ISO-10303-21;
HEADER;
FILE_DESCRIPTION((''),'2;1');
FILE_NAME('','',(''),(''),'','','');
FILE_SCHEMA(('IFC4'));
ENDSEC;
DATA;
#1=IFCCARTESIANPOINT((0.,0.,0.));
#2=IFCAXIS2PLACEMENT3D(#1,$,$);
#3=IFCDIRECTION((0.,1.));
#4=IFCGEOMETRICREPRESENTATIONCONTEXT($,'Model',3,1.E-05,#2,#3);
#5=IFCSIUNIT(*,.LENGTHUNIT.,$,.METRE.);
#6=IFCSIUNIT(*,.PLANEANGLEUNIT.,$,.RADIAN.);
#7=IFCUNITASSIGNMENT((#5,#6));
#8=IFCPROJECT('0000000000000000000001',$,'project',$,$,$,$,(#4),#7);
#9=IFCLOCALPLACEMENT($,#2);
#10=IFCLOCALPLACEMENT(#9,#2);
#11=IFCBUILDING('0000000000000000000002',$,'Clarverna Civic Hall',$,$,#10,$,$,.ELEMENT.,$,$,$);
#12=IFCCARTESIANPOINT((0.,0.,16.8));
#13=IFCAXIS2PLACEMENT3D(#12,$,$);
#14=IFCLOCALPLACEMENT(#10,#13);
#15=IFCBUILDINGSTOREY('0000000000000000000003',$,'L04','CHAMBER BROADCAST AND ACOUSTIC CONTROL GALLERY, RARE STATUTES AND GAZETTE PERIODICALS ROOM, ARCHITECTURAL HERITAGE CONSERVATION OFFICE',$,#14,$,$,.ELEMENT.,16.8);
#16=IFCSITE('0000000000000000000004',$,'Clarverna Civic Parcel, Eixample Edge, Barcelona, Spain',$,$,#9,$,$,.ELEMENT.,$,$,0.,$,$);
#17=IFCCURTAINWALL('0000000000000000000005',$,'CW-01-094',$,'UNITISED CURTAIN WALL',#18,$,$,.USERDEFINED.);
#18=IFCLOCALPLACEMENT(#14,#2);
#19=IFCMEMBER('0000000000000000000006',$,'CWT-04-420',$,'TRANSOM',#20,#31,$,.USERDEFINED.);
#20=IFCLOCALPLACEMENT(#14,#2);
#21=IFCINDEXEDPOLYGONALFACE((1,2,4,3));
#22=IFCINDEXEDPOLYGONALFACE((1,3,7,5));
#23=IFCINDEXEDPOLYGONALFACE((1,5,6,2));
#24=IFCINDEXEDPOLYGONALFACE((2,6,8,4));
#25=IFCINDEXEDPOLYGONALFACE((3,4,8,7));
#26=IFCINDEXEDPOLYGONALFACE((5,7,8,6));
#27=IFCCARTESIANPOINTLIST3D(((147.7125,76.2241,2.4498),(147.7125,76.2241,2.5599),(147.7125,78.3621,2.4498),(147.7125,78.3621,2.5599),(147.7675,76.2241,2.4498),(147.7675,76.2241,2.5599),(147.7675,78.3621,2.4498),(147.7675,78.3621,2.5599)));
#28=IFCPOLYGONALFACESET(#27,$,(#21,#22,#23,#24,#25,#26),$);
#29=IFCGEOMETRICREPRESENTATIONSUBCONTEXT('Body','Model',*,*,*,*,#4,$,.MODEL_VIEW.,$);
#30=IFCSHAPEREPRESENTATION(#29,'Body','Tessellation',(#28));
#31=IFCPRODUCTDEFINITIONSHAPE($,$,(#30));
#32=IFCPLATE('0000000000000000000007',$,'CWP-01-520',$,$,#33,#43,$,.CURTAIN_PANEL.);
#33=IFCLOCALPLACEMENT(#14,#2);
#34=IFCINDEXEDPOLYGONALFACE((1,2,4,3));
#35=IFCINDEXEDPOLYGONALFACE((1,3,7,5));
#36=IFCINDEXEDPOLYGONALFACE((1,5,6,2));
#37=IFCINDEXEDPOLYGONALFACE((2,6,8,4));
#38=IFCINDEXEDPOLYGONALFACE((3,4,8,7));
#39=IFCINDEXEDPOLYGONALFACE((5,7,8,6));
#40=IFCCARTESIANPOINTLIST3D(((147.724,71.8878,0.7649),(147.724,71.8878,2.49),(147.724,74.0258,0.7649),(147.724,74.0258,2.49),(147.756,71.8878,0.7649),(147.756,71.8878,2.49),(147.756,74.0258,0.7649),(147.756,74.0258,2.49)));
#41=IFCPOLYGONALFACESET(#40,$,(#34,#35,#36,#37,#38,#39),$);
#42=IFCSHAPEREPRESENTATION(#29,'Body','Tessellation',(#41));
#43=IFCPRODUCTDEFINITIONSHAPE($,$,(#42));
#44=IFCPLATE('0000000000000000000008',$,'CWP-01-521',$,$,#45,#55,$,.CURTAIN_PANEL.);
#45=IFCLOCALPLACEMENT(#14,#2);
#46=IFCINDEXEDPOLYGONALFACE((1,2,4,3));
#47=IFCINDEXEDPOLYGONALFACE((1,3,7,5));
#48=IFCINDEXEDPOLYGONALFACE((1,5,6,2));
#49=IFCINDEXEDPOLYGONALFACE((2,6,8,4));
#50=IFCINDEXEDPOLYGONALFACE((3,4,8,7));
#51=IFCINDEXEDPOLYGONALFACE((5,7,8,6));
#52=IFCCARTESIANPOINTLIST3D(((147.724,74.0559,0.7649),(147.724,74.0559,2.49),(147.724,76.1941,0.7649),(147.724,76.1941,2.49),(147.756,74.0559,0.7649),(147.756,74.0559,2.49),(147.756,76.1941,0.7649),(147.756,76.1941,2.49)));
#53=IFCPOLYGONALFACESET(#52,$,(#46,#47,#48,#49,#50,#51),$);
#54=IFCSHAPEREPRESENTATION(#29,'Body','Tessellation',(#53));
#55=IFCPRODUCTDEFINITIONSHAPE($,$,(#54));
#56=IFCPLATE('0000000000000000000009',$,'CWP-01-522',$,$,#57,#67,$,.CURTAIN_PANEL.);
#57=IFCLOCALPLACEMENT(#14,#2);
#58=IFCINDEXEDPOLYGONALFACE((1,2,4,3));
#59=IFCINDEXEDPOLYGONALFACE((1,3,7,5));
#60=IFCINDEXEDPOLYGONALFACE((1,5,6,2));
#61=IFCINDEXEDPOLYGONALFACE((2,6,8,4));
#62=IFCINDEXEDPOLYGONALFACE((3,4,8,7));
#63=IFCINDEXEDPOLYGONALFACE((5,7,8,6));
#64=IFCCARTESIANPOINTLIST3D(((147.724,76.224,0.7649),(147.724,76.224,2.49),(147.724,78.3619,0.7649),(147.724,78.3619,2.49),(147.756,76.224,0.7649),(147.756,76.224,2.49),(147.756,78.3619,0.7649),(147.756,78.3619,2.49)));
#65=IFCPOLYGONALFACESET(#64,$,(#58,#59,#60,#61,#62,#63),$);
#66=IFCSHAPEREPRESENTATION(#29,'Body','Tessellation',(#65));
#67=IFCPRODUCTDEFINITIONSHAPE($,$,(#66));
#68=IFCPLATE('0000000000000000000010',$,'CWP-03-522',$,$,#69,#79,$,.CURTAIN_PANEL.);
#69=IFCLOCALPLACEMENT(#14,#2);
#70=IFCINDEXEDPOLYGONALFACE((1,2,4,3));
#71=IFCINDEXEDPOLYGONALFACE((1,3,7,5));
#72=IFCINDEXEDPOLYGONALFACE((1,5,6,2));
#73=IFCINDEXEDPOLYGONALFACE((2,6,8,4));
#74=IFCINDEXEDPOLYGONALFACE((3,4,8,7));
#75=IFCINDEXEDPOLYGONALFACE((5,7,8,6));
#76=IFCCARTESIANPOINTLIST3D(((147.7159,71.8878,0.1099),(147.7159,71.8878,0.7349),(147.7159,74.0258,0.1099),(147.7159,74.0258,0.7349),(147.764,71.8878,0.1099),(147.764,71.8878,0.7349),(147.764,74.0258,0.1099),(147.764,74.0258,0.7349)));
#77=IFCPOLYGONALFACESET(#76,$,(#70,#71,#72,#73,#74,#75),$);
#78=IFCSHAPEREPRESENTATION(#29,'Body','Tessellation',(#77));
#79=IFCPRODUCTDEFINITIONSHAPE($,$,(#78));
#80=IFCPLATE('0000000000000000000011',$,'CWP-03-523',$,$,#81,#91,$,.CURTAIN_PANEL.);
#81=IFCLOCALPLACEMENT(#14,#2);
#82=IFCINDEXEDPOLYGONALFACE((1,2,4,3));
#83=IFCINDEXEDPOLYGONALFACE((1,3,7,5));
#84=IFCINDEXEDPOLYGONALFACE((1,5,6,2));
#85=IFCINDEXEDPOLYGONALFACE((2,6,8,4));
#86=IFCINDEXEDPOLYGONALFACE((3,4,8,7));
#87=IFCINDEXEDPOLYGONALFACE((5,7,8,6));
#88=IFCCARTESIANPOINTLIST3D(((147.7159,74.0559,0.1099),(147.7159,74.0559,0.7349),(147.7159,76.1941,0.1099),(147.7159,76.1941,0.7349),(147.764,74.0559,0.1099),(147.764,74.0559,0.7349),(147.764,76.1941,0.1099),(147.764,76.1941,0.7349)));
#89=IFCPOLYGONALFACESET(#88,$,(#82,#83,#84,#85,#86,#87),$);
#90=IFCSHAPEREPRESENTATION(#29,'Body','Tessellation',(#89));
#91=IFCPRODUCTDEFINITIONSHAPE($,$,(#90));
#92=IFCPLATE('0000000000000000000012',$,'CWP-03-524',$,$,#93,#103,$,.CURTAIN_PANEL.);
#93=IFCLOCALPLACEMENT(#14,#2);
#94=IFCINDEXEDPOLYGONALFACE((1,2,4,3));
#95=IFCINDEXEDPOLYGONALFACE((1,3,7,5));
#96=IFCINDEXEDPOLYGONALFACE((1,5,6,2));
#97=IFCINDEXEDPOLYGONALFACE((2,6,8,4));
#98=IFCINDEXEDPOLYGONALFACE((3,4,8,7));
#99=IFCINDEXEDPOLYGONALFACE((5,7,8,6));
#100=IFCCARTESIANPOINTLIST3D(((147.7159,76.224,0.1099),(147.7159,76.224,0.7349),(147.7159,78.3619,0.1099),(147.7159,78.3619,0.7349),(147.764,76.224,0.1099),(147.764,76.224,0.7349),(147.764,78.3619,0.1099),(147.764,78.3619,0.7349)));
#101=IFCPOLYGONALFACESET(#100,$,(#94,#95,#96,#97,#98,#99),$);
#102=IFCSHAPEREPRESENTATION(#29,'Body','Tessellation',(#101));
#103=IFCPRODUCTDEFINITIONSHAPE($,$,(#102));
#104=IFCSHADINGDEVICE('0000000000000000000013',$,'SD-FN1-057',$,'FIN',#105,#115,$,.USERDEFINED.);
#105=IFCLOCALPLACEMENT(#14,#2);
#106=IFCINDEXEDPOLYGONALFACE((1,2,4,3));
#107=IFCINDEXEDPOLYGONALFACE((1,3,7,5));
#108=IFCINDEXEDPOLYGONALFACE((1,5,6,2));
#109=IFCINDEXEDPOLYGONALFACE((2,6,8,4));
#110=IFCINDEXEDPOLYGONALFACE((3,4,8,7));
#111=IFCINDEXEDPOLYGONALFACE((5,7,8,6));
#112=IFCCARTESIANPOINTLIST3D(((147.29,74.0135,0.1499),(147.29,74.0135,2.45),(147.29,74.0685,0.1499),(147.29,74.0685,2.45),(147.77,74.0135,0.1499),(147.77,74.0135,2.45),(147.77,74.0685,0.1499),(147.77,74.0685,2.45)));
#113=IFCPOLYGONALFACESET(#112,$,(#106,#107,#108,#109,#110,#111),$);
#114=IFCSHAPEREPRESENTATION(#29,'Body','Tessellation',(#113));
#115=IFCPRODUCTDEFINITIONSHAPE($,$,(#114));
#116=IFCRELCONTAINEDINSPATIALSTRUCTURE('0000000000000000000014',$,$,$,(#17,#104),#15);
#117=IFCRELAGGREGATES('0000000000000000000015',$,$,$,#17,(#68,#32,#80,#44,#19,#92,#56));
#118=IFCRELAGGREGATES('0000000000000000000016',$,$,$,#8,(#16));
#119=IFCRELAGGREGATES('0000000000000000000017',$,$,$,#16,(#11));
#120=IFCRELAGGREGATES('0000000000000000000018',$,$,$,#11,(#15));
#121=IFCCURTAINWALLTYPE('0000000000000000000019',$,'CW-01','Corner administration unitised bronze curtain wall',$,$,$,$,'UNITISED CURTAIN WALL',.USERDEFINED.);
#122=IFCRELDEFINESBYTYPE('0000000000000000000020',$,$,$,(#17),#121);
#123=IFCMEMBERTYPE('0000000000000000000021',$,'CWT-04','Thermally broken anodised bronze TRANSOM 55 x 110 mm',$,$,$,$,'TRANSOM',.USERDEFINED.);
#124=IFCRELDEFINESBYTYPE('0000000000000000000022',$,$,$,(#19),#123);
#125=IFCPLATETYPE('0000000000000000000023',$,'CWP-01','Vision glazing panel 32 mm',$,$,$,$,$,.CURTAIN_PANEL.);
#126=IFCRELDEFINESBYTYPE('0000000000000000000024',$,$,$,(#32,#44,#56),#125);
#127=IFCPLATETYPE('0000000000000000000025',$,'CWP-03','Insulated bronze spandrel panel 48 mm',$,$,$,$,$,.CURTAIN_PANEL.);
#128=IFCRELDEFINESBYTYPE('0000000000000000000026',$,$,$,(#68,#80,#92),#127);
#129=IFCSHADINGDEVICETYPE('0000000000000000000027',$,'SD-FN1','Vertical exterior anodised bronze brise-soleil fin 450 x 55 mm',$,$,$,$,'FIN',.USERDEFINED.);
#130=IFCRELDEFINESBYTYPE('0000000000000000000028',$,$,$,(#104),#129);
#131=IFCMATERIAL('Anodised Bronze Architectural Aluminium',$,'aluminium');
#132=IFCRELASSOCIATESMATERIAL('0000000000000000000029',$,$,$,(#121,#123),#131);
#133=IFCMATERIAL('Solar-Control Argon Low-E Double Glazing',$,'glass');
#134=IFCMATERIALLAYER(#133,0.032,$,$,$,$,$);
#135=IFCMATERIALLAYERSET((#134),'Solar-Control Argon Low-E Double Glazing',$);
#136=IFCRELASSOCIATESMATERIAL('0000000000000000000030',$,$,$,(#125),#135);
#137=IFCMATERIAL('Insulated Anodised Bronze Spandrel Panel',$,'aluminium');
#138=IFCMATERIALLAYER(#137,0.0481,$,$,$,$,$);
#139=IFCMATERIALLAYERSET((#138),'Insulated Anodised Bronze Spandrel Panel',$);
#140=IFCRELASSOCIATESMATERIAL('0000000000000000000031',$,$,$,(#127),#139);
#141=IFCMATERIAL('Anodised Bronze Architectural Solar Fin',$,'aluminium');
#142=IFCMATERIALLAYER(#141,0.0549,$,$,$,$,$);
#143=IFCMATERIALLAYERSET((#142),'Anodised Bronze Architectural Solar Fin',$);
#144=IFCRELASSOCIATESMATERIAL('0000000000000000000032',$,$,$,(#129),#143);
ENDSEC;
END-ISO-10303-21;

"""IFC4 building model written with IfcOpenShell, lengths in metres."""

from ifc_helpers import new_model, si_unit, direction, frame, frame_2d, origin, origin_2d, place, context, subcontext, project, spatial, rectangle, extrude, material, layer, layer_set, material_profile, profile_set, type_object, element, aggregate, save


model = new_model("IFC4")

# Units and contexts
model_context = context("Model", 3, precision=1e-05, world=origin(), true_north=direction((0.0, 1.0)))
body_context = subcontext(model_context, "Body", "Model", "MODEL_VIEW")
ifc_project = project(units=[si_unit("LENGTHUNIT", "METRE"), si_unit("PLANEANGLEUNIT", "RADIAN")], contexts=[model_context])

# Site, building, storey
site_placement = place(None, origin())
site = spatial("IfcSite", under=ifc_project, at=site_placement, Name="Clarverna Civic Parcel, Eixample Edge, Barcelona, Spain", CompositionType="ELEMENT", RefElevation=0.0)
building_placement = place(site_placement, origin())
building = spatial("IfcBuilding", under=site, at=building_placement, Name="Clarverna Civic Hall", CompositionType="ELEMENT")
storey_placement = place(building_placement, frame((0.0, 0.0, 16.8)))
storey = spatial("IfcBuildingStorey", under=building, at=storey_placement, Name="L04", Description="CHAMBER BROADCAST AND ACOUSTIC CONTROL GALLERY, RARE STATUTES AND GAZETTE PERIODICALS ROOM, ARCHITECTURAL HERITAGE CONSERVATION OFFICE", CompositionType="ELEMENT", Elevation=16.8)

# Curtain wall, member, plates
ifc_material_1 = material(Name="Anodised Bronze Architectural Aluminium", Category="aluminium")
curtain_wall_type = type_object("IfcCurtainWallType", Name="CW-01", Description="Corner administration unitised bronze curtain wall", ElementType="UNITISED CURTAIN WALL", PredefinedType="USERDEFINED", material=ifc_material_1)
curtain_wall_placement = place(storey_placement, origin())
curtain_wall = element("IfcCurtainWall", 1, at=curtain_wall_placement, inside=storey, type_object=curtain_wall_type, Name="CW-01-094", ObjectType="UNITISED CURTAIN WALL", PredefinedType="USERDEFINED")
ifc_material_profile_1 = material_profile(ifc_material_1, rectangle(XDim=0.0549, YDim=0.1101, at=origin_2d()), Name="BRONZE 55x110")
ifc_profile_set_1 = profile_set([ifc_material_profile_1], Name="Anodised Bronze Architectural Aluminium")
member_type_1 = type_object("IfcMemberType", Name="CWT-04", Description="Thermally broken anodised bronze TRANSOM 55 x 110 mm", ElementType="TRANSOM", PredefinedType="USERDEFINED", material=ifc_profile_set_1)
member_1_placement = place(storey_placement, frame((147.74, 76.2241, 2.5049), z_axis=(0.0, 1.0, 0.0), x_axis=(-1.0, 0.0, 0.0)))
member_1 = element("IfcMember", 2, at=member_1_placement, type_object=member_type_1, Name="CWT-04-420", ObjectType="TRANSOM", PredefinedType="USERDEFINED", context=body_context, shape_type="SweptSolid", body=[
    extrude(rectangle(XDim=0.0549, YDim=0.1101, at=origin_2d()), origin(), (0.0, 0.0, 1.0), 2.1379),
])
ifc_material_2 = material(Name="Solar-Control Argon Low-E Double Glazing", Category="glass")
ifc_layer_1 = layer(ifc_material_2, 0.032)
ifc_layer_set_1 = layer_set([ifc_layer_1], Name="Solar-Control Argon Low-E Double Glazing")
plate_type_1 = type_object("IfcPlateType", Name="CWP-01", Description="Vision glazing panel 32 mm", PredefinedType="CURTAIN_PANEL", material=ifc_layer_set_1)
plate_1_placement = place(storey_placement, frame((147.74, 71.8879, 0.7649), z_axis=(0.0, 0.0, 1.0), x_axis=(0.0, 1.0, 0.0)))
plate_1 = element("IfcPlate", 3, at=plate_1_placement, type_object=plate_type_1, Name="CWP-01-520", PredefinedType="CURTAIN_PANEL", context=body_context, shape_type="SweptSolid", body=[
    extrude(rectangle(XDim=2.1379, YDim=0.032, at=frame_2d((1.0688, 0.0))), origin(), (0.0, 0.0, 1.0), 1.7251),
])
plate_2_placement = place(storey_placement, frame((147.74, 74.0559, 0.7649), z_axis=(0.0, 0.0, 1.0), x_axis=(0.0, 1.0, 0.0)))
plate_2 = element("IfcPlate", 4, at=plate_2_placement, type_object=plate_type_1, Name="CWP-01-521", PredefinedType="CURTAIN_PANEL", context=body_context, shape_type="SweptSolid", body=[
    extrude(rectangle(XDim=2.1382, YDim=0.032, at=frame_2d((1.0691, 0.0))), origin(), (0.0, 0.0, 1.0), 1.7251),
])
plate_3_placement = place(storey_placement, frame((147.74, 76.2241, 0.7649), z_axis=(0.0, 0.0, 1.0), x_axis=(0.0, 1.0, 0.0)))
plate_3 = element("IfcPlate", 5, at=plate_3_placement, type_object=plate_type_1, Name="CWP-01-522", PredefinedType="CURTAIN_PANEL", context=body_context, shape_type="SweptSolid", body=[
    extrude(rectangle(XDim=2.1379, YDim=0.032, at=frame_2d((1.0688, 0.0))), origin(), (0.0, 0.0, 1.0), 1.7251),
])
ifc_material_3 = material(Name="Insulated Anodised Bronze Spandrel Panel", Category="aluminium")
ifc_layer_2 = layer(ifc_material_3, 0.0481)
ifc_layer_set_2 = layer_set([ifc_layer_2], Name="Insulated Anodised Bronze Spandrel Panel")
plate_type_2 = type_object("IfcPlateType", Name="CWP-03", Description="Insulated bronze spandrel panel 48 mm", PredefinedType="CURTAIN_PANEL", material=ifc_layer_set_2)
plate_4_placement = place(storey_placement, frame((147.74, 71.8879, 0.1099), z_axis=(0.0, 0.0, 1.0), x_axis=(0.0, 1.0, 0.0)))
plate_4 = element("IfcPlate", 6, at=plate_4_placement, type_object=plate_type_2, Name="CWP-03-522", PredefinedType="CURTAIN_PANEL", context=body_context, shape_type="SweptSolid", body=[
    extrude(rectangle(XDim=2.1379, YDim=0.0481, at=frame_2d((1.0688, 0.0))), origin(), (0.0, 0.0, 1.0), 0.625),
])
plate_5_placement = place(storey_placement, frame((147.74, 74.0559, 0.1099), z_axis=(0.0, 0.0, 1.0), x_axis=(0.0, 1.0, 0.0)))
plate_5 = element("IfcPlate", 7, at=plate_5_placement, type_object=plate_type_2, Name="CWP-03-523", PredefinedType="CURTAIN_PANEL", context=body_context, shape_type="SweptSolid", body=[
    extrude(rectangle(XDim=2.1382, YDim=0.0481, at=frame_2d((1.0691, 0.0))), origin(), (0.0, 0.0, 1.0), 0.625),
])
plate_6_placement = place(storey_placement, frame((147.74, 76.2241, 0.1099), z_axis=(0.0, 0.0, 1.0), x_axis=(0.0, 1.0, 0.0)))
plate_6 = element("IfcPlate", 8, at=plate_6_placement, type_object=plate_type_2, Name="CWP-03-524", PredefinedType="CURTAIN_PANEL", context=body_context, shape_type="SweptSolid", body=[
    extrude(rectangle(XDim=2.1379, YDim=0.0481, at=frame_2d((1.0688, 0.0))), origin(), (0.0, 0.0, 1.0), 0.625),
])
aggregate(curtain_wall, [plate_4, plate_1, plate_5, plate_2, member_1, plate_6, plate_3])

# Shading device
ifc_material_4 = material(Name="Anodised Bronze Architectural Solar Fin", Category="aluminium")
ifc_layer_3 = layer(ifc_material_4, 0.0549)
ifc_layer_set_3 = layer_set([ifc_layer_3], Name="Anodised Bronze Architectural Solar Fin")
shading_device_type = type_object("IfcShadingDeviceType", Name="SD-FN1", Description="Vertical exterior anodised bronze brise-soleil fin 450 x 55 mm", ElementType="FIN", PredefinedType="USERDEFINED", material=ifc_layer_set_3)
shading_device_placement = place(storey_placement, frame((147.77, 74.041, 0.1499), z_axis=(0.0, 0.0, 1.0), x_axis=(-1.0, 0.0, 0.0)))
element("IfcShadingDevice", 9, at=shading_device_placement, inside=storey, type_object=shading_device_type, Name="SD-FN1-057", ObjectType="FIN", PredefinedType="USERDEFINED", context=body_context, shape_type="SweptSolid", body=[
    extrude(rectangle(XDim=0.48, YDim=0.0549, at=frame_2d((0.24, 0.0))), origin(), (0.0, 0.0, 1.0), 2.3),
])

save(model, "model.ifc")
